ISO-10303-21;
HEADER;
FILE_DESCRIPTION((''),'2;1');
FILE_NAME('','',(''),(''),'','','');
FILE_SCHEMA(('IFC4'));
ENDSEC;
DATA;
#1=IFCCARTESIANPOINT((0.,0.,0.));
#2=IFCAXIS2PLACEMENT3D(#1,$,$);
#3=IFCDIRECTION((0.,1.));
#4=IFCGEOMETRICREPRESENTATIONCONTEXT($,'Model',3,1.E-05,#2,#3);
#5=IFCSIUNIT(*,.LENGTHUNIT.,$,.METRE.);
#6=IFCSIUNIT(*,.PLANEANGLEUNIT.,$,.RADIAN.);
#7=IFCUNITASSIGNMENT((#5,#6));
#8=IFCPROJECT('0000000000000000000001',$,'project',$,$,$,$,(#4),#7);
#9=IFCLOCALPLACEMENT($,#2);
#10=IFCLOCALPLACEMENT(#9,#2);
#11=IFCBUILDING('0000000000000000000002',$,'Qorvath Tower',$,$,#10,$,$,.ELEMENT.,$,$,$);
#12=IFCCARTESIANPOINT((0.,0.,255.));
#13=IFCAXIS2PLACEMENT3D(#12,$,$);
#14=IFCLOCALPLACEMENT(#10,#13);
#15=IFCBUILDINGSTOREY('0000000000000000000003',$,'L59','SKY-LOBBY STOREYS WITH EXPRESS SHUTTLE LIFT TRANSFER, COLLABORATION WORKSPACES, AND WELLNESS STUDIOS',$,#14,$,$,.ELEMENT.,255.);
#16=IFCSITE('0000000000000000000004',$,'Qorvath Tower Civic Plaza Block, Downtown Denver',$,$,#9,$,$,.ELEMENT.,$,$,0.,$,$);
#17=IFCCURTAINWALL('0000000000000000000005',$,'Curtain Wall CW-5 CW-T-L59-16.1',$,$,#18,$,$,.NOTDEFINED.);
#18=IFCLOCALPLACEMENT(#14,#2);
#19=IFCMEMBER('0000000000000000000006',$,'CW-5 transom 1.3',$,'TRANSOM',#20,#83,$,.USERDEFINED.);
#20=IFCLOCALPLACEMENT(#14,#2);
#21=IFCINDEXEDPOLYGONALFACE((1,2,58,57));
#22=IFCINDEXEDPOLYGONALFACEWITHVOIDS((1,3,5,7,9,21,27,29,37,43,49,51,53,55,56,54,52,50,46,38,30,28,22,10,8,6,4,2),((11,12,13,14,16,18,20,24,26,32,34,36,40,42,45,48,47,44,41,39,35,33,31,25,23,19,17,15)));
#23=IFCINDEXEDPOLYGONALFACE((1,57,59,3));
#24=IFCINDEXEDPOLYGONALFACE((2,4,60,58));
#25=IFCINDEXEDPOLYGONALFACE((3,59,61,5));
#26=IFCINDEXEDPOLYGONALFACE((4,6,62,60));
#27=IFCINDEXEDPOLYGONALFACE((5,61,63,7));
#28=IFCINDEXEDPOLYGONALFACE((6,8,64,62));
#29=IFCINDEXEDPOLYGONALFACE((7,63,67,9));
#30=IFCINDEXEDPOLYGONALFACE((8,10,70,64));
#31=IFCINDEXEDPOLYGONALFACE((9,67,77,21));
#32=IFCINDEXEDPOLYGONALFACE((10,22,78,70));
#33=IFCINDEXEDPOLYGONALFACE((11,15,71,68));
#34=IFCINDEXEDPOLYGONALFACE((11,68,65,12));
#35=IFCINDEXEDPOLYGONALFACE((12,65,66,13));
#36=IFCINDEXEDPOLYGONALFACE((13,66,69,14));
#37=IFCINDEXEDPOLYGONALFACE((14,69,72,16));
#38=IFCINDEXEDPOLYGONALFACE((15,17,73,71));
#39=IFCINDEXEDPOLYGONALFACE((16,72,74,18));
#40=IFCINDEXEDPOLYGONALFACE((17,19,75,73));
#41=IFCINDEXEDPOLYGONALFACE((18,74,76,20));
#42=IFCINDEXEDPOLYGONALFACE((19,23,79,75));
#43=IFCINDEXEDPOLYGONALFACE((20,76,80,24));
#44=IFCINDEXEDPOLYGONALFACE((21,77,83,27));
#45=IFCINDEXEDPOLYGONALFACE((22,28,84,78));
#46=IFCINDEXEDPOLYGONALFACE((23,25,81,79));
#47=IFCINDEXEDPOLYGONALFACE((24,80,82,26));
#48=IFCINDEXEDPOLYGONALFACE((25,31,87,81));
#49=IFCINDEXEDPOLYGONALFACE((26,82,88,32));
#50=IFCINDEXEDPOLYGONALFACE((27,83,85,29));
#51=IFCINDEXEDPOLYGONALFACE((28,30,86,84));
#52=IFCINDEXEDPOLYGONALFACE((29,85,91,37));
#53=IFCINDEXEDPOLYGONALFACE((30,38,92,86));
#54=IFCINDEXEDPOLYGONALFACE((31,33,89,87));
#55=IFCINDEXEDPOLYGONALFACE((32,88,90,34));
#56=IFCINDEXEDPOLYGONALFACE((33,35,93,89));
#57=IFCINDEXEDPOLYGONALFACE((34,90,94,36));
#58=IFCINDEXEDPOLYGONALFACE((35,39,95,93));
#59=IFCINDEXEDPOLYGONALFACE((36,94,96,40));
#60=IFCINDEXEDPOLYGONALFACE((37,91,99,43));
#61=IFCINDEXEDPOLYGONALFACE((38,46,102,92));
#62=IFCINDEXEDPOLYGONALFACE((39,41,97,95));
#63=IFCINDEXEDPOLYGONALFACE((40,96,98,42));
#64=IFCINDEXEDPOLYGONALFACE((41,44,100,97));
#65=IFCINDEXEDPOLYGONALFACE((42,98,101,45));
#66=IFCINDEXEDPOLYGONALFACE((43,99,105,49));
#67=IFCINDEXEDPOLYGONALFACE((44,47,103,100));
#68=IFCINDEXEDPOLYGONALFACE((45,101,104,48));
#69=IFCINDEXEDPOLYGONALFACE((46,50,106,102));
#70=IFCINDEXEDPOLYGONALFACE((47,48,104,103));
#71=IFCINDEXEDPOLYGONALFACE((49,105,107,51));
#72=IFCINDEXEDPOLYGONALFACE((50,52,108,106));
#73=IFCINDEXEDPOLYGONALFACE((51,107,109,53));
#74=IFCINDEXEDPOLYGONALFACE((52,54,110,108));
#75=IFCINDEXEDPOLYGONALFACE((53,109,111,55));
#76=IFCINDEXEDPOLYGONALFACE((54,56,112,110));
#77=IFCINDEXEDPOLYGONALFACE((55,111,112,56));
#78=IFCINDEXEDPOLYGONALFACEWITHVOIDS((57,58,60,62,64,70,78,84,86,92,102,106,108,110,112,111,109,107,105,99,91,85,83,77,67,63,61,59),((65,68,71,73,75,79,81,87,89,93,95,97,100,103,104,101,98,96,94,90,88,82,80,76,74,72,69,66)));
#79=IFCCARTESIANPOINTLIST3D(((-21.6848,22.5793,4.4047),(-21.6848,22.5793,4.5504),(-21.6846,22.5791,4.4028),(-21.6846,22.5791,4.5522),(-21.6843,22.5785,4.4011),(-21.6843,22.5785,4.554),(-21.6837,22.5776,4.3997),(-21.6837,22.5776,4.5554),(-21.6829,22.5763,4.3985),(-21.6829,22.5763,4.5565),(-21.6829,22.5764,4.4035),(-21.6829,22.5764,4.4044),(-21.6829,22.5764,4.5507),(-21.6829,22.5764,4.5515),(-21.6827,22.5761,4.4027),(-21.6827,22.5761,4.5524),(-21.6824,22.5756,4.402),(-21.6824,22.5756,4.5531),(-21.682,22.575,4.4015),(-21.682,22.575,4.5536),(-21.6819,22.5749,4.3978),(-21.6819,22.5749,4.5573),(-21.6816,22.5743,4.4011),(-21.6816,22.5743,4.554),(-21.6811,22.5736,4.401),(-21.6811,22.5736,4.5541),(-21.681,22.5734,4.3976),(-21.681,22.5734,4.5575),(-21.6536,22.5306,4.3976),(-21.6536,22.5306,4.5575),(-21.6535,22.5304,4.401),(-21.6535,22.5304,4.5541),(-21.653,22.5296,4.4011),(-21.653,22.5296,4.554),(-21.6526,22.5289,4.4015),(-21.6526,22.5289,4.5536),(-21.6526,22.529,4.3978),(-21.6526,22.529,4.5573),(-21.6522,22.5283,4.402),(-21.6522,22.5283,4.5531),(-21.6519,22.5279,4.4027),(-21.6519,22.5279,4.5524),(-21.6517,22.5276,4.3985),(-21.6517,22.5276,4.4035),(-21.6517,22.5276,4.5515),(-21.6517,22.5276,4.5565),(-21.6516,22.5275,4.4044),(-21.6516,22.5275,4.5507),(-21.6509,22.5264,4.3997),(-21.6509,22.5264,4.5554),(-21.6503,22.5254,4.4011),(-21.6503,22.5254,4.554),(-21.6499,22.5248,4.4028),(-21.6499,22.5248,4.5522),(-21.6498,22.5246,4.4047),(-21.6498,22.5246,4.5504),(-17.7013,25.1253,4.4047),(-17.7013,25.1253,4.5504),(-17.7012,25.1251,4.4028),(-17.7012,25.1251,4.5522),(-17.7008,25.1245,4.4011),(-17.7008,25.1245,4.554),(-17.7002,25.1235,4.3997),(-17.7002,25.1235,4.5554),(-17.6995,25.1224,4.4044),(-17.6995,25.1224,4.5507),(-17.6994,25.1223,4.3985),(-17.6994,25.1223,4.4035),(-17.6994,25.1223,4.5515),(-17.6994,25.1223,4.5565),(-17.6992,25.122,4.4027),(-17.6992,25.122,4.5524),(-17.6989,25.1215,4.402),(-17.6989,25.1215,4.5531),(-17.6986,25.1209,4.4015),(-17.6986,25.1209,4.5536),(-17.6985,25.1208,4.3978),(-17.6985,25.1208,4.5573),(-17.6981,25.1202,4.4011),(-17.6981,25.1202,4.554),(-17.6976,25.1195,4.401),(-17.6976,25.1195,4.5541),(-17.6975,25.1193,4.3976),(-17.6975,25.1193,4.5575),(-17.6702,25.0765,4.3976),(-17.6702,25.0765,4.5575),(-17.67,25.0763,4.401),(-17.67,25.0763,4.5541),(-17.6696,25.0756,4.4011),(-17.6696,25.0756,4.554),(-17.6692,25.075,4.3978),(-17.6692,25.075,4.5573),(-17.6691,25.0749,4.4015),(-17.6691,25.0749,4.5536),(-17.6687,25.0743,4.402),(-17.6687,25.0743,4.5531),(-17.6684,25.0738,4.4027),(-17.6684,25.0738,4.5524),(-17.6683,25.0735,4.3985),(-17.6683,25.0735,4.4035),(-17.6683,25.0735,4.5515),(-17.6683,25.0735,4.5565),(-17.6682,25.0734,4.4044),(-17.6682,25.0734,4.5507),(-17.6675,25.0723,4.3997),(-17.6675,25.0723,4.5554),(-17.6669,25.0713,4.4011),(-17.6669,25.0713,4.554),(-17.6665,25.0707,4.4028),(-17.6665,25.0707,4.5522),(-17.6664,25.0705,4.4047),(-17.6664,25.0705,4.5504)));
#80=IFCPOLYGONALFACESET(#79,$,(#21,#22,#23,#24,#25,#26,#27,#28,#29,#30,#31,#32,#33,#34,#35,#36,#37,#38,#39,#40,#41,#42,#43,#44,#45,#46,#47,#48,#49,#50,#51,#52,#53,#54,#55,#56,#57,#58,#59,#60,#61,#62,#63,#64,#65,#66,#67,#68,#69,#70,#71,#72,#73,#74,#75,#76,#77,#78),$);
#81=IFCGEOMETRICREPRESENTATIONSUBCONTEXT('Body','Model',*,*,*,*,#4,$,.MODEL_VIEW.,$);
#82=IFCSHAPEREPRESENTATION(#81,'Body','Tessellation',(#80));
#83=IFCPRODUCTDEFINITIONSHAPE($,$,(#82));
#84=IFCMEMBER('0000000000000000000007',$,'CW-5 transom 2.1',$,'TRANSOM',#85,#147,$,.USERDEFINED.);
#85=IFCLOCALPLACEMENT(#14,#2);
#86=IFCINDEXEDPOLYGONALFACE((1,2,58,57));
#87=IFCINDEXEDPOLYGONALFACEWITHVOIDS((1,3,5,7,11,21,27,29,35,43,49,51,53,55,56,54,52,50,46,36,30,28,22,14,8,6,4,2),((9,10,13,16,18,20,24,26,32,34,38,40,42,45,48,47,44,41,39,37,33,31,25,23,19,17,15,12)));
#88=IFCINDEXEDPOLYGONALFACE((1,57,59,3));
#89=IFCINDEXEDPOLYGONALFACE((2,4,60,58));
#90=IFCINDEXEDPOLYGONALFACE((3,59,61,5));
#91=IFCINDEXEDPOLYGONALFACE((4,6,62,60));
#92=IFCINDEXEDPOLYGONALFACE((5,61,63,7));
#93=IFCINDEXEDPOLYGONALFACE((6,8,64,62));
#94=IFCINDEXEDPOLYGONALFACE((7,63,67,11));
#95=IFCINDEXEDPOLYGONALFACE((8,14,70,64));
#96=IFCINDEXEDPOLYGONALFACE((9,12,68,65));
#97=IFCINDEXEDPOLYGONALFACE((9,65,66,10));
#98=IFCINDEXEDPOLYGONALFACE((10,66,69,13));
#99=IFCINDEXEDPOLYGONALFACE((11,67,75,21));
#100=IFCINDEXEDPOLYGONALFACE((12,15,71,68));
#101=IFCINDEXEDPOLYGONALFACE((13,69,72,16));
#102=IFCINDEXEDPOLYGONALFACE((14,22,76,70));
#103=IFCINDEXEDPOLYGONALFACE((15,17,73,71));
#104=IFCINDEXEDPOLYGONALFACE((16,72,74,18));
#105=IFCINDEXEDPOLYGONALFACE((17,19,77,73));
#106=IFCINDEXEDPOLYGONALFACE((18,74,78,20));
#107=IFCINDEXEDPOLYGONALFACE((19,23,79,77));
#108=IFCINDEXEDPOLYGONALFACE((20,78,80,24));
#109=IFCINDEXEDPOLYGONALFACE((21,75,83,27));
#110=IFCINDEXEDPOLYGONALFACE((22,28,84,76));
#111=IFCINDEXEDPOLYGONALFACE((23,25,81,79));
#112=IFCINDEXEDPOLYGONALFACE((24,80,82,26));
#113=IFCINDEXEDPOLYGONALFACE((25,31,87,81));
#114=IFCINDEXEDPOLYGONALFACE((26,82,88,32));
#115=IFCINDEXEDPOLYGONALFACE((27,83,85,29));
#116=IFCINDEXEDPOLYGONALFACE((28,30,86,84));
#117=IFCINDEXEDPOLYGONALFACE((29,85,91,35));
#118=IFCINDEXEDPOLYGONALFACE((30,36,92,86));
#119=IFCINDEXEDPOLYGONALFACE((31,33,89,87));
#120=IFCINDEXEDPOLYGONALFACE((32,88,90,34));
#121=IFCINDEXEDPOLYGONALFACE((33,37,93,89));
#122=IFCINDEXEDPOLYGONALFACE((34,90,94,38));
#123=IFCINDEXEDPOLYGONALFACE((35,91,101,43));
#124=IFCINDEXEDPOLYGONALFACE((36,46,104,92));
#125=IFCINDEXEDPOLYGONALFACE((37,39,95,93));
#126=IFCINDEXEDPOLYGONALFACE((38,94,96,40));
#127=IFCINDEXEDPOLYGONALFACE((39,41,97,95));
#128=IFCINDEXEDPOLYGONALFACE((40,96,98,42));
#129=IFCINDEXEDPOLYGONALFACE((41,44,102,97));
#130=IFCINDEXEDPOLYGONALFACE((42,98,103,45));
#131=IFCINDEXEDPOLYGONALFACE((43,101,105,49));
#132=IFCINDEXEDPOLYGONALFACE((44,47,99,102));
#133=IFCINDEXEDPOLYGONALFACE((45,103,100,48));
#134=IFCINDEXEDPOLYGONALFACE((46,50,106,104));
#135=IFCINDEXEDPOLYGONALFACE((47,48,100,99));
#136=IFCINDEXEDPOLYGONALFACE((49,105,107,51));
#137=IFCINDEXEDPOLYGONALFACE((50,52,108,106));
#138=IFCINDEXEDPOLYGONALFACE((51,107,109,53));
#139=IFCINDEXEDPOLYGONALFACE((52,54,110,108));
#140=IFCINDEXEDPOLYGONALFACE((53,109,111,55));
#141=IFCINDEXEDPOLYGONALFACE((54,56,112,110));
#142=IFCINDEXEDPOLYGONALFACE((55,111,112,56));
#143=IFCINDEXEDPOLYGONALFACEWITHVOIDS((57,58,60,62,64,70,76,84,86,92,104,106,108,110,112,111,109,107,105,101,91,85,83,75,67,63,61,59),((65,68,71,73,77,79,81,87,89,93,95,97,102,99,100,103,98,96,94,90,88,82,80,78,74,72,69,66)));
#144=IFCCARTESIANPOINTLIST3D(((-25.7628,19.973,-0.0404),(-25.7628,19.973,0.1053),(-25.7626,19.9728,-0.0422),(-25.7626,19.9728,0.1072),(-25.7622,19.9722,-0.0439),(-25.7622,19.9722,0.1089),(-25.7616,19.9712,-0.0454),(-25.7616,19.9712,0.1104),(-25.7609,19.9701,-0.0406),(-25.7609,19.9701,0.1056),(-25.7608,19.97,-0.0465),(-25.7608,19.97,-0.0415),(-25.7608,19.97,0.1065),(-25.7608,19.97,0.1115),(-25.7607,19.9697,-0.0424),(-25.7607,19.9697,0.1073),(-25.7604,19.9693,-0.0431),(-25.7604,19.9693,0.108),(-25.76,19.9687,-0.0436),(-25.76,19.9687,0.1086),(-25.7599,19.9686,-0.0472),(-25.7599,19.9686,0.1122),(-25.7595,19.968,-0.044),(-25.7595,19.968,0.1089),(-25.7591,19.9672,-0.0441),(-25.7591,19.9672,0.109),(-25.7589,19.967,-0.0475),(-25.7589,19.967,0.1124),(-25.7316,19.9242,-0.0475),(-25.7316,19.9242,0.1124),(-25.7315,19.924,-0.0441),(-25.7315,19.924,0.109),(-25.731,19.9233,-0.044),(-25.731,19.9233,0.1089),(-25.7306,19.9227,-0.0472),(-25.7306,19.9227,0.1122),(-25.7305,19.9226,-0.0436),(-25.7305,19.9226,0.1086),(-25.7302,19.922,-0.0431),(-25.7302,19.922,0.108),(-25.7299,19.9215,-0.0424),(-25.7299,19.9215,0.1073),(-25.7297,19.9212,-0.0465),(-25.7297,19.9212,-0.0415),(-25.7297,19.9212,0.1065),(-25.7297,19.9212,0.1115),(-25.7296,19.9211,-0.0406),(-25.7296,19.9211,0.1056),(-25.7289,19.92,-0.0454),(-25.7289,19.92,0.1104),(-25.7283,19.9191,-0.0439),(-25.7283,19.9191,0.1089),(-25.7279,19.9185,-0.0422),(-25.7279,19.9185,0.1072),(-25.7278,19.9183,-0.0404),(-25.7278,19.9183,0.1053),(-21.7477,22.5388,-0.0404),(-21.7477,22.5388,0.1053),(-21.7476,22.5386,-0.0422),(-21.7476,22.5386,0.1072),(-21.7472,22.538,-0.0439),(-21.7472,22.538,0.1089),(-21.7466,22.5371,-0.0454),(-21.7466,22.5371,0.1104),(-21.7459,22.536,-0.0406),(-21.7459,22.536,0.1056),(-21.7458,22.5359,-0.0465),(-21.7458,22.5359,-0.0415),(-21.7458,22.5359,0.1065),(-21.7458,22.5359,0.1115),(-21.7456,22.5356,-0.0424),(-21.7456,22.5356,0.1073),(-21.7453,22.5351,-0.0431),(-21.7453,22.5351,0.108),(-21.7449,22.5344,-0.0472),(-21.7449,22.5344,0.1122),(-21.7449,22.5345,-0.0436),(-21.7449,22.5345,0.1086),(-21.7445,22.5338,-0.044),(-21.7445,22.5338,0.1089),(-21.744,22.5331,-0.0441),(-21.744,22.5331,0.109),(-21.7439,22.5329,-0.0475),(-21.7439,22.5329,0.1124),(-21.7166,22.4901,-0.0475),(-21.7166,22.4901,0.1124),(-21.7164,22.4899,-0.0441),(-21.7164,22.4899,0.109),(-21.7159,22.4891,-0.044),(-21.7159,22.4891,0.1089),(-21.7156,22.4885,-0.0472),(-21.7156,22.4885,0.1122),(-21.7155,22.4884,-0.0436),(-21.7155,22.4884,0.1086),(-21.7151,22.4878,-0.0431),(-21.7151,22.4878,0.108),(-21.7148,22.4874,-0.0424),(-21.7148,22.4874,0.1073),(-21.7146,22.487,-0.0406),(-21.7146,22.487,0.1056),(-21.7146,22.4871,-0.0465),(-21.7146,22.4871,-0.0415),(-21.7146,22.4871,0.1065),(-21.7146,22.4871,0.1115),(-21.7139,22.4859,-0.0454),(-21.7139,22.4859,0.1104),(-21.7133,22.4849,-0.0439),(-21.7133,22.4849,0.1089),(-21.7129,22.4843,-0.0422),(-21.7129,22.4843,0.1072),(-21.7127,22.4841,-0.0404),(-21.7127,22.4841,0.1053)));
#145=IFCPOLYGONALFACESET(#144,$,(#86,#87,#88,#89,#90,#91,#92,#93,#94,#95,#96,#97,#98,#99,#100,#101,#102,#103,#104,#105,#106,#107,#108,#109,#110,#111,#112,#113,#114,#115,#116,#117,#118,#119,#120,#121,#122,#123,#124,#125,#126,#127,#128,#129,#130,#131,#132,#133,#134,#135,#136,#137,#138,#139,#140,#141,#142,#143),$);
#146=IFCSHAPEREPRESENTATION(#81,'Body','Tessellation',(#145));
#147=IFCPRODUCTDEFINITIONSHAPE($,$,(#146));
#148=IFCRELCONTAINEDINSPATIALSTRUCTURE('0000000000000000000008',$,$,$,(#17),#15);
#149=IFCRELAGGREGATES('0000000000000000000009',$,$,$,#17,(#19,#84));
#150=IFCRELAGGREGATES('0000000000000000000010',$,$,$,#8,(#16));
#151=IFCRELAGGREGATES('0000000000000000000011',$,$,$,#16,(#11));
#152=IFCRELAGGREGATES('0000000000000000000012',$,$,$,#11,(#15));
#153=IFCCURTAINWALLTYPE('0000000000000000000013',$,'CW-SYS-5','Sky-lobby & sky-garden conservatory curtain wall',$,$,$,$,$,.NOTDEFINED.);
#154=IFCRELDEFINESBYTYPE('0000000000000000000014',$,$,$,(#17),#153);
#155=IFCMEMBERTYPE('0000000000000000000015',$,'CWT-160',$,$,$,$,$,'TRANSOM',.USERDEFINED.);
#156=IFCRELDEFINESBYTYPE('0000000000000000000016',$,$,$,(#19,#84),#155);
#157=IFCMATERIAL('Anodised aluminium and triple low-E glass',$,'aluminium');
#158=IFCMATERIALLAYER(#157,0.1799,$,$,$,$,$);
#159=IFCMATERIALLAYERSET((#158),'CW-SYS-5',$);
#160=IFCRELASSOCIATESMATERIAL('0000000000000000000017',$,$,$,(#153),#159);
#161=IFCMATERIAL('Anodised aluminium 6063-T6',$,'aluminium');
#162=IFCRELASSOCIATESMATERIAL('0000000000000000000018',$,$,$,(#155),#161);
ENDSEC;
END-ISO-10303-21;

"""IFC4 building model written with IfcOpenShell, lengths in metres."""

from ifc_helpers import new_model, si_unit, direction, frame, origin, origin_2d, place, context, subcontext, project, spatial, hollow_rectangle, extrude, material, layer, layer_set, material_profile, profile_set, type_object, element, aggregate, save


model = new_model("IFC4")

# Units and contexts
model_context = context("Model", 3, precision=1e-05, world=origin(), true_north=direction((0.0, 1.0)))
body_context = subcontext(model_context, "Body", "Model", "MODEL_VIEW")
ifc_project = project(units=[si_unit("LENGTHUNIT", "METRE"), si_unit("PLANEANGLEUNIT", "RADIAN")], contexts=[model_context])

# Site, building, storey
site_placement = place(None, origin())
site = spatial("IfcSite", under=ifc_project, at=site_placement, Name="Qorvath Tower Civic Plaza Block, Downtown Denver", CompositionType="ELEMENT", RefElevation=0.0)
building_placement = place(site_placement, origin())
building = spatial("IfcBuilding", under=site, at=building_placement, Name="Qorvath Tower", CompositionType="ELEMENT")
storey_placement = place(building_placement, frame((0.0, 0.0, 255.0)))
storey = spatial("IfcBuildingStorey", under=building, at=storey_placement, Name="L59", Description="SKY-LOBBY STOREYS WITH EXPRESS SHUTTLE LIFT TRANSFER, COLLABORATION WORKSPACES, AND WELLNESS STUDIOS", CompositionType="ELEMENT", Elevation=255.0)

# Shared definitions
ifc_material_1 = material(Name="Anodised aluminium and triple low-E glass", Category="aluminium")
ifc_layer_1 = layer(ifc_material_1, 0.1799)
ifc_layer_set_1 = layer_set([ifc_layer_1], Name="CW-SYS-5")
curtain_wall_type = type_object("IfcCurtainWallType", Name="CW-SYS-5", Description="Sky-lobby & sky-garden conservatory curtain wall", PredefinedType="NOTDEFINED", material=ifc_layer_set_1)

# Curtain wall, members
curtain_wall_1_placement = place(storey_placement, origin())
curtain_wall_1 = element("IfcCurtainWall", 1, at=curtain_wall_1_placement, inside=storey, type_object=curtain_wall_type, Name="Curtain Wall CW-5 CW-T-L59-16.1", PredefinedType="NOTDEFINED")
ifc_material_2 = material(Name="Anodised aluminium 6063-T6", Category="aluminium")
ifc_material_profile_1 = material_profile(ifc_material_2, hollow_rectangle(XDim=0.0649, YDim=0.1599, WallThickness=0.0034, InnerFilletRadius=0.0034, OuterFilletRadius=0.0071, at=origin_2d()), Name="CWT 160x65")
ifc_profile_set_1 = profile_set([ifc_material_profile_1], Name="Anodised aluminium 6063-T6")
member_type_1 = type_object("IfcMemberType", Name="CWT-160", ElementType="TRANSOM", PredefinedType="USERDEFINED", material=ifc_profile_set_1)
member_1_placement = place(storey_placement, frame((-17.6838, 25.0979, 4.4775), z_axis=(-0.842605, -0.538532, 0.0), x_axis=(0.538532, -0.842605, 0.0)))
member_1 = element("IfcMember", 2, at=member_1_placement, type_object=member_type_1, Name="CW-5 transom 1.3", ObjectType="TRANSOM", PredefinedType="USERDEFINED", context=body_context, shape_type="SweptSolid", body=[
    extrude(hollow_rectangle(XDim=0.0649, YDim=0.1599, WallThickness=0.0034, InnerFilletRadius=0.0034, OuterFilletRadius=0.0071, at=origin_2d()), origin(), (0.0, 0.0, 1.0), 4.7275),
])
member_2_placement = place(storey_placement, frame((-21.7302, 22.5115, 0.0325), z_axis=(-0.84263, -0.538492, 0.0), x_axis=(0.538492, -0.84263, 0.0)))
member_2 = element("IfcMember", 3, at=member_2_placement, type_object=member_type_1, Name="CW-5 transom 2.1", ObjectType="TRANSOM", PredefinedType="USERDEFINED", context=body_context, shape_type="SweptSolid", body=[
    extrude(hollow_rectangle(XDim=0.0649, YDim=0.1599, WallThickness=0.0034, InnerFilletRadius=0.0034, OuterFilletRadius=0.0071, at=origin_2d()), origin(), (0.0, 0.0, 1.0), 4.7649),
])

aggregate(curtain_wall_1, [member_1, member_2])

save(model, "model.ifc")
